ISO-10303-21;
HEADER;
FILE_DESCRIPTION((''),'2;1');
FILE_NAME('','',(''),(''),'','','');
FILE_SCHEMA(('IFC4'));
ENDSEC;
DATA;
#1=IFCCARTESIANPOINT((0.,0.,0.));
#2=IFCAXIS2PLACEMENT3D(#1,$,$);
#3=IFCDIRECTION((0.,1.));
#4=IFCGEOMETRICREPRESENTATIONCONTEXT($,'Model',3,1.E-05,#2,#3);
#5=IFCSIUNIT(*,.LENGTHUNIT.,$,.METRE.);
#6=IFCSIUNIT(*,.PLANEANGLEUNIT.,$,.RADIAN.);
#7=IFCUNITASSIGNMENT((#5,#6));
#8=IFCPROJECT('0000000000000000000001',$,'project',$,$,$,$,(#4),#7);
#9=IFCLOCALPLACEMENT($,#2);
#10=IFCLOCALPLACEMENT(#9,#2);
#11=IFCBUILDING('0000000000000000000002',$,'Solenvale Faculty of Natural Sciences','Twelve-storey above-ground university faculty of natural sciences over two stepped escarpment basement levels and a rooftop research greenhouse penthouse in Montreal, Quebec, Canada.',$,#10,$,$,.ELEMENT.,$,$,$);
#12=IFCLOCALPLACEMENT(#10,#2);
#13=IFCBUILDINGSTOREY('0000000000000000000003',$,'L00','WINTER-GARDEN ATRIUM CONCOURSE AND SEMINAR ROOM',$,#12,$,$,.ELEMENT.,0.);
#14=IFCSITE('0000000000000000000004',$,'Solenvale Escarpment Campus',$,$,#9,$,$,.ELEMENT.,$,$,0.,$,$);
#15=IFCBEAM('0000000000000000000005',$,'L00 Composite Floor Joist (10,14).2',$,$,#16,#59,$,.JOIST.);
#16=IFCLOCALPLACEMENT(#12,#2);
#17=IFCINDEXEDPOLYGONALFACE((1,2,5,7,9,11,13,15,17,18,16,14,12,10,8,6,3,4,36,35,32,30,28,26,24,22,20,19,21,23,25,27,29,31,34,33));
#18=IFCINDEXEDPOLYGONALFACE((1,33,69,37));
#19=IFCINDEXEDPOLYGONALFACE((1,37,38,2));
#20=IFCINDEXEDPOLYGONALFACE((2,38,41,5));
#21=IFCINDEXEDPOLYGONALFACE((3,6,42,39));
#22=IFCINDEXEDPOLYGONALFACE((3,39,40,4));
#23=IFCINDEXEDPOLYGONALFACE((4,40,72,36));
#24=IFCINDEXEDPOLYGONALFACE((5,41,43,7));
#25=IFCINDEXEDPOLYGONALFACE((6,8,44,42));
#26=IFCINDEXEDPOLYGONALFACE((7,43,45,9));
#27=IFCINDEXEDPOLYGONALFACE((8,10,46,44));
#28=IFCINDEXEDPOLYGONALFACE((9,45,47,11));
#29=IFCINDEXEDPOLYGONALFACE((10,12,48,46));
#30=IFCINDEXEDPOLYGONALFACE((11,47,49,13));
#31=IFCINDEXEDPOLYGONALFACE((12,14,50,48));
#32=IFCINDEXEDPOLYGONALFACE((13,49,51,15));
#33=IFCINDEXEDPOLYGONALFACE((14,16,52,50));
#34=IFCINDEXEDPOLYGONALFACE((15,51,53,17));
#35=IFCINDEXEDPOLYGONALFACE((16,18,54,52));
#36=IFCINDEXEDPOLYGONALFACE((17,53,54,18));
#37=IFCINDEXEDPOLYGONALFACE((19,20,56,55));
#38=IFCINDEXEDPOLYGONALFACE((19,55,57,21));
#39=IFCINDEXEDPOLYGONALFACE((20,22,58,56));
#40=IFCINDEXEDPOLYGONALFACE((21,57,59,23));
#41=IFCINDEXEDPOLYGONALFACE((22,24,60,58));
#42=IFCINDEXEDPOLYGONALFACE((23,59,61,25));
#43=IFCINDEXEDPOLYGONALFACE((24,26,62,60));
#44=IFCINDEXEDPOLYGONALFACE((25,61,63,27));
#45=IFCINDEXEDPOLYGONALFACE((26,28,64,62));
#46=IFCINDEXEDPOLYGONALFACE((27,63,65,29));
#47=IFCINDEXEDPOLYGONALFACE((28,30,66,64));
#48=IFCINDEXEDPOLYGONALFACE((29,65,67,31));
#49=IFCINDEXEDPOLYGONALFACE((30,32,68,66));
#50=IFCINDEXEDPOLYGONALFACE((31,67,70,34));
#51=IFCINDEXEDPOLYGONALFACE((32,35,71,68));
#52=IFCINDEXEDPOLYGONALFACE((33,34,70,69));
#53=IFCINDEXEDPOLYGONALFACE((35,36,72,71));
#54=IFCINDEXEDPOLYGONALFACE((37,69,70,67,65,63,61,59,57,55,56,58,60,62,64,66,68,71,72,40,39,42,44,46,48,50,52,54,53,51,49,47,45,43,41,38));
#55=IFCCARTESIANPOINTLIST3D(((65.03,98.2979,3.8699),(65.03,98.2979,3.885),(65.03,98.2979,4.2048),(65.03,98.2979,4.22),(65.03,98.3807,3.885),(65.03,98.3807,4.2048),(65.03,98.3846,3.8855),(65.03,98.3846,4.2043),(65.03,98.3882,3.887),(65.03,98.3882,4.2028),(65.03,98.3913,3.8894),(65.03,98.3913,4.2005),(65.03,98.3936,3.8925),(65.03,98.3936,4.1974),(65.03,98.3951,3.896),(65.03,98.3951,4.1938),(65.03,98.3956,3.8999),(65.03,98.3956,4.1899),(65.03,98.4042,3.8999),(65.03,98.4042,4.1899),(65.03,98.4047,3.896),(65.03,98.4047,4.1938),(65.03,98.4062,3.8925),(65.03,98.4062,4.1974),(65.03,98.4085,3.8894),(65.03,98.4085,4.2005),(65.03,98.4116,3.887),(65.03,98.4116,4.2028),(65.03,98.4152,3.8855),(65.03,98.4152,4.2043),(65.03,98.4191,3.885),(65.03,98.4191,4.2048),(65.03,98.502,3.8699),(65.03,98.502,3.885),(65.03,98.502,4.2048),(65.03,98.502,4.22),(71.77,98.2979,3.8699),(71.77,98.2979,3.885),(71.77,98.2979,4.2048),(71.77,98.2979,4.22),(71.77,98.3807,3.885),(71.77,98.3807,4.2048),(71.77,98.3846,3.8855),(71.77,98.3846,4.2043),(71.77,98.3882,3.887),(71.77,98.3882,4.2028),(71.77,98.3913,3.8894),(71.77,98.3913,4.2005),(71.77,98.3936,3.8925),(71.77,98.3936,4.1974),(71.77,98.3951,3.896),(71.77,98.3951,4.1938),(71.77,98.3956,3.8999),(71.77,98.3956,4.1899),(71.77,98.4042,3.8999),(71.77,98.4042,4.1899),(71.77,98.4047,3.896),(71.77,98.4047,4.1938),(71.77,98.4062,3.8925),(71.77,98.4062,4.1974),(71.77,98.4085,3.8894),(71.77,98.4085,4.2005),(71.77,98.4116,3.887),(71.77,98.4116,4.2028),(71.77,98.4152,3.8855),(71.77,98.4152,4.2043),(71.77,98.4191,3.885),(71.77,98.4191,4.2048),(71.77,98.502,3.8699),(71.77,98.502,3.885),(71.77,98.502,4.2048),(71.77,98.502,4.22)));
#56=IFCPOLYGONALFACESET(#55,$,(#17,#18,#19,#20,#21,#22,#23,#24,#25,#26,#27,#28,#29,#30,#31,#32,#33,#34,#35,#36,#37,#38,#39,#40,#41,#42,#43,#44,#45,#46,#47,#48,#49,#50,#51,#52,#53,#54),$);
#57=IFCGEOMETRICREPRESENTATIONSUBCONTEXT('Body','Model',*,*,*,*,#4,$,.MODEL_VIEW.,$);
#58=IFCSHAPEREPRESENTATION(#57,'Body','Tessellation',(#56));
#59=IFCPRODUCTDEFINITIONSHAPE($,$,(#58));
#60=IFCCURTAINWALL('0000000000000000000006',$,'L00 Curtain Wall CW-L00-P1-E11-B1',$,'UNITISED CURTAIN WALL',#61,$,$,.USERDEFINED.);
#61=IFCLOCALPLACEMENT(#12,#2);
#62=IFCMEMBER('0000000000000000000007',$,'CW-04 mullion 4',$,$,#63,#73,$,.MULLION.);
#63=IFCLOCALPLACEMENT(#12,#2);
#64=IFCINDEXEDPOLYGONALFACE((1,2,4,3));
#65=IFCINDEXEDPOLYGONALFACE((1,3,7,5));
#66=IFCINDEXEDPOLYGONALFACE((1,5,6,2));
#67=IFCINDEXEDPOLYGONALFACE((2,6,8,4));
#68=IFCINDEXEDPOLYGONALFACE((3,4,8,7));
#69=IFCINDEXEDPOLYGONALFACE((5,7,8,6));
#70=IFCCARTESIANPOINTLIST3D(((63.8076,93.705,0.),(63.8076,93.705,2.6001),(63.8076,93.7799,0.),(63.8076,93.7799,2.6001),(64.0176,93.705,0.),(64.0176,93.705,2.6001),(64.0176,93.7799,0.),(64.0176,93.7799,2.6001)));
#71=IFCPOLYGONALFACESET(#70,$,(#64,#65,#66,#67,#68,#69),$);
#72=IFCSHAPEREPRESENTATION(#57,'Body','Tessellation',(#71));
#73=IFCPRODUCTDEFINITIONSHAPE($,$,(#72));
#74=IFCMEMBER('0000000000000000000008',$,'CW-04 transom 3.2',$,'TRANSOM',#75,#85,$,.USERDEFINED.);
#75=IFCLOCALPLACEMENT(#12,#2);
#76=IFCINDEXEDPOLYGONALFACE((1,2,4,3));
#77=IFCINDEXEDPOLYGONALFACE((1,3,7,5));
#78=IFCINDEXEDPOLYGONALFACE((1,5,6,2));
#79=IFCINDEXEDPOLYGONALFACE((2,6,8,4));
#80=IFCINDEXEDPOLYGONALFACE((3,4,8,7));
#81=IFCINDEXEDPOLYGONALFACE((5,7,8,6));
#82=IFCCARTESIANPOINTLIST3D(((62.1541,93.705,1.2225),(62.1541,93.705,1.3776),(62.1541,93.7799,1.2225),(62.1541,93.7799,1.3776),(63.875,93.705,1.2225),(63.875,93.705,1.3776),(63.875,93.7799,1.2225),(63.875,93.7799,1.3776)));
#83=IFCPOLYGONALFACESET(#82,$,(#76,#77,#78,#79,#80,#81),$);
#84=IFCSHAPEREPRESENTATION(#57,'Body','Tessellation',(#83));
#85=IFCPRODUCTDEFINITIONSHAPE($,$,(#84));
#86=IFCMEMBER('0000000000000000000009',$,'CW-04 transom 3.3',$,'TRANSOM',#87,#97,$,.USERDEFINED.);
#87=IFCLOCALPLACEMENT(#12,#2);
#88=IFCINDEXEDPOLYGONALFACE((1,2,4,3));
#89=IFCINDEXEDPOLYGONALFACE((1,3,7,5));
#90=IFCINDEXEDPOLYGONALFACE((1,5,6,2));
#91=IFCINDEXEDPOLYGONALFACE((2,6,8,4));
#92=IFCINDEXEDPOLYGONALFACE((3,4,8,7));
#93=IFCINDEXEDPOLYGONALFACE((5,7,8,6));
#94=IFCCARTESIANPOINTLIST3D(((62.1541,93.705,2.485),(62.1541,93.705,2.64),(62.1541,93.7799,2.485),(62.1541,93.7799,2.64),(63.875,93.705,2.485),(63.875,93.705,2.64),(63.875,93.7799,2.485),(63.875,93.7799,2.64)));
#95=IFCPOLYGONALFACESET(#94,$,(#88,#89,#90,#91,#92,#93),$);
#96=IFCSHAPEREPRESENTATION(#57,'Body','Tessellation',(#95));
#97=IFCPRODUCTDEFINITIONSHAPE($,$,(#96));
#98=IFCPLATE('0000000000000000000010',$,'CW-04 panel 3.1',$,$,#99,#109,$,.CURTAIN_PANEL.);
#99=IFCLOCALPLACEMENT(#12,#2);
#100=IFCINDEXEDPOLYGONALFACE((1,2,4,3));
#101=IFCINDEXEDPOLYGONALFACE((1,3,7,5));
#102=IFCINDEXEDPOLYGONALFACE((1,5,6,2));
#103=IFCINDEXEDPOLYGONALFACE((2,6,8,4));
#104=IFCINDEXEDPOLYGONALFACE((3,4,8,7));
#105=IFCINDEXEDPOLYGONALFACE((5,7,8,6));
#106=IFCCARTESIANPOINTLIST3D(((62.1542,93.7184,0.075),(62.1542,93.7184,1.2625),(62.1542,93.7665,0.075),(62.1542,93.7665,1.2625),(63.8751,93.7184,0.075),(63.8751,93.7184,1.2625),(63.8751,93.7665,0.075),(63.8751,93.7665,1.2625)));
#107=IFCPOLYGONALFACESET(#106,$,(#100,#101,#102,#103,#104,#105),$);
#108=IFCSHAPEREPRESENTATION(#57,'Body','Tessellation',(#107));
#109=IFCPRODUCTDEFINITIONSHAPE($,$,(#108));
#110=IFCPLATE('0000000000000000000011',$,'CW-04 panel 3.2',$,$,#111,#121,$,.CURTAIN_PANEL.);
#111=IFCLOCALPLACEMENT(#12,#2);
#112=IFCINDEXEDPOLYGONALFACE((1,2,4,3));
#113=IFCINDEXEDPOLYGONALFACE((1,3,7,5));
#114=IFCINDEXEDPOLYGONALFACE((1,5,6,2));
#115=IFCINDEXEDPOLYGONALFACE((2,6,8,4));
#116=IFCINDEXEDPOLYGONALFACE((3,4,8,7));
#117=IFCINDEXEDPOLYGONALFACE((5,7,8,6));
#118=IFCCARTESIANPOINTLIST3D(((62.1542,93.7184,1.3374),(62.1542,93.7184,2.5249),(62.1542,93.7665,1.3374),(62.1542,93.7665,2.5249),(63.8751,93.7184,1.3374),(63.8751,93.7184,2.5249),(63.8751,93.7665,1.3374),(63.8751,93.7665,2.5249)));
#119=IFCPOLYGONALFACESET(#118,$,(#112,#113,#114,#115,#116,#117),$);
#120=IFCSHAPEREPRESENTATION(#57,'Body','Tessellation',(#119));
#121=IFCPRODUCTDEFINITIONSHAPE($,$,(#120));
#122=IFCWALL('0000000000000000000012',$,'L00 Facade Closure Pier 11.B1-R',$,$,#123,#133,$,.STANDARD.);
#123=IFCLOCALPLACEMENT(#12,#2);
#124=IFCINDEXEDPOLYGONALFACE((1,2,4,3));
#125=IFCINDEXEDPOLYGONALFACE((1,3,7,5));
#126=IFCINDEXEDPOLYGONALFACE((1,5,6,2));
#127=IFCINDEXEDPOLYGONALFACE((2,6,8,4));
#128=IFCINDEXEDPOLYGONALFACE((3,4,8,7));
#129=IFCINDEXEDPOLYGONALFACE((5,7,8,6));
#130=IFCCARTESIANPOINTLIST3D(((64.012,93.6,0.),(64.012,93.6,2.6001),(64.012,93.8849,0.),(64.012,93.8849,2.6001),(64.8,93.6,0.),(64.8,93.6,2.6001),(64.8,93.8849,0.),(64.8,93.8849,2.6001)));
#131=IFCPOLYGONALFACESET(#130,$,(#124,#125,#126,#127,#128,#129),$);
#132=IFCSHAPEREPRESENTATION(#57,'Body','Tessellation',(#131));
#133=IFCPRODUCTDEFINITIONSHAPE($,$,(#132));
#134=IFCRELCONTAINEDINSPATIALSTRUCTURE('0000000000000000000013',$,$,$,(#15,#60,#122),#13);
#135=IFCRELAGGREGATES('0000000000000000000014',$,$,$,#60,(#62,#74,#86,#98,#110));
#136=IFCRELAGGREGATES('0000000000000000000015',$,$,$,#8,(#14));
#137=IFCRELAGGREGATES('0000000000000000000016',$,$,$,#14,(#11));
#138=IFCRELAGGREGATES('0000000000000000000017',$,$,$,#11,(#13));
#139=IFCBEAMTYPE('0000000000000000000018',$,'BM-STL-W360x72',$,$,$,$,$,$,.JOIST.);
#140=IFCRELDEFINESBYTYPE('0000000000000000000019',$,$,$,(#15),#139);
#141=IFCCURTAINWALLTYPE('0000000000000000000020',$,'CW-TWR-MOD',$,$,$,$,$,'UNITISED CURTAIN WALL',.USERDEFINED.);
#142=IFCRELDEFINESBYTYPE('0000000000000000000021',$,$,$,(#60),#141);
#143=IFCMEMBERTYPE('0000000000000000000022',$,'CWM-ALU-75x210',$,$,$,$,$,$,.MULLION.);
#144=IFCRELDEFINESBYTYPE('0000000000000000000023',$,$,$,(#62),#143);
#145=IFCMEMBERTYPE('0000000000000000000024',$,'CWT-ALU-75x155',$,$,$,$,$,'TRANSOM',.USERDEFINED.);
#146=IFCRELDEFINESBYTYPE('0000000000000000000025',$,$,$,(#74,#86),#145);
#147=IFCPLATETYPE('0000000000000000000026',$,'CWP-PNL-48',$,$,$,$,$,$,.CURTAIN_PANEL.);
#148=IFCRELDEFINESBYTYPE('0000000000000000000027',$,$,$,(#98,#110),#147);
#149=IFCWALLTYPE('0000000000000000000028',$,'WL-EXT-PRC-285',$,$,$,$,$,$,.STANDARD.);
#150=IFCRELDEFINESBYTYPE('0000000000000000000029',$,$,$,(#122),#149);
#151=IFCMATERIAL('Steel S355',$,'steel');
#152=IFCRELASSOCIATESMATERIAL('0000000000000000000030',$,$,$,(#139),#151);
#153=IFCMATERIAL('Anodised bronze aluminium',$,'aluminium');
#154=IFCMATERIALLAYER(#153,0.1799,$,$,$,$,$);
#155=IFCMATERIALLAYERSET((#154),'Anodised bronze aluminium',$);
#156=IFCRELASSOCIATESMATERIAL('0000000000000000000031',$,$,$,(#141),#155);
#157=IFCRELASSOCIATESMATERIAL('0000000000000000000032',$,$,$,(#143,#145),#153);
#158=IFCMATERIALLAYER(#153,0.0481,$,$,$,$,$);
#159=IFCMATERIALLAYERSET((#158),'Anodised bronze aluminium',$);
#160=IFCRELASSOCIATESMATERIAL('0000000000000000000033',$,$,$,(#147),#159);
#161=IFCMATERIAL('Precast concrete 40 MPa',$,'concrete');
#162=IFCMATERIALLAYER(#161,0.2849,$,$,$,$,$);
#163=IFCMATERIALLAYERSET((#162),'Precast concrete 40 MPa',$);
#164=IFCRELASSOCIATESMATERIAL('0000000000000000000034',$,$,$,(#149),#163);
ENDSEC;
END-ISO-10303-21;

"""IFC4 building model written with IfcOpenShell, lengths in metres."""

from ifc_helpers import new_model, si_unit, direction, frame, frame_2d, origin, origin_2d, place, context, subcontext, project, spatial, rectangle, i_section, extrude, material, layer, layer_set, material_profile, profile_set, type_object, element, aggregate, save


model = new_model("IFC4")

# Units and contexts
model_context = context("Model", 3, precision=1e-05, world=origin(), true_north=direction((0.0, 1.0)))
body_context = subcontext(model_context, "Body", "Model", "MODEL_VIEW")
ifc_project = project(units=[si_unit("LENGTHUNIT", "METRE"), si_unit("PLANEANGLEUNIT", "RADIAN")], contexts=[model_context])

# Site, building, storey
site_placement = place(None, origin())
site = spatial("IfcSite", under=ifc_project, at=site_placement, Name="Solenvale Escarpment Campus", CompositionType="ELEMENT", RefElevation=0.0)
building_placement = place(site_placement, origin())
building = spatial("IfcBuilding", under=site, at=building_placement, Name="Solenvale Faculty of Natural Sciences", Description="Twelve-storey above-ground university faculty of natural sciences over two stepped escarpment basement levels and a rooftop research greenhouse penthouse in Montreal, Quebec, Canada.", CompositionType="ELEMENT")
storey_placement = place(building_placement, origin())
storey = spatial("IfcBuildingStorey", under=building, at=storey_placement, Name="L00", Description="WINTER-GARDEN ATRIUM CONCOURSE AND SEMINAR ROOM", CompositionType="ELEMENT", Elevation=0.0)

# Beam
ifc_material_1 = material(Name="Steel S355", Category="steel")
ifc_material_profile_1 = material_profile(ifc_material_1, i_section(OverallWidth=0.2041, OverallDepth=0.3501, WebThickness=0.0085, FlangeThickness=0.0151, FilletRadius=0.0149, at=origin_2d()), Name="W360x72")
ifc_profile_set_1 = profile_set([ifc_material_profile_1], Name="Steel S355")
beam_type_1 = type_object("IfcBeamType", Name="BM-STL-W360x72", PredefinedType="JOIST", material=ifc_profile_set_1)
for number, where, z_axis, x_axis, name in (
    (1, (65.03, 98.3999, 4.0449), (1.0, 0.0, 0.0), (0.0, 1.0, 0.0), "L00 Composite Floor Joist (10,14).2"),
):
    element("IfcBeam", number, at=place(storey_placement, frame(where, z_axis=z_axis, x_axis=x_axis)), inside=storey, type_object=beam_type_1, Name=name, PredefinedType="JOIST", context=body_context, shape_type="SweptSolid", body=[
        extrude(i_section(OverallWidth=0.2041, OverallDepth=0.3501, WebThickness=0.0085, FlangeThickness=0.0151, FilletRadius=0.0149, at=origin_2d()), origin(), (0.0, 0.0, 1.0), 6.74),
    ])

# Curtain wall, members, plates
ifc_material_2 = material(Name="Anodised bronze aluminium", Category="aluminium")
ifc_layer_1 = layer(ifc_material_2, 0.1799)
ifc_layer_set_1 = layer_set([ifc_layer_1], Name="Anodised bronze aluminium")
curtain_wall_type = type_object("IfcCurtainWallType", Name="CW-TWR-MOD", ElementType="UNITISED CURTAIN WALL", PredefinedType="USERDEFINED", material=ifc_layer_set_1)
curtain_wall_placement = place(storey_placement, origin())
curtain_wall = element("IfcCurtainWall", 2, at=curtain_wall_placement, inside=storey, type_object=curtain_wall_type, Name="L00 Curtain Wall CW-L00-P1-E11-B1", ObjectType="UNITISED CURTAIN WALL", PredefinedType="USERDEFINED")
ifc_material_profile_2 = material_profile(ifc_material_2, rectangle(XDim=0.075, YDim=0.21, at=origin_2d()), Name="ALU-MUL-75x210")
ifc_profile_set_2 = profile_set([ifc_material_profile_2], Name="Anodised bronze aluminium")
member_type_1 = type_object("IfcMemberType", Name="CWM-ALU-75x210", PredefinedType="MULLION", material=ifc_profile_set_2)
member_1_placement = place(storey_placement, frame((63.9126, 93.7424, 0.0), z_axis=(0.0, 0.0, 1.0), x_axis=(0.0, 1.0, 0.0)))
member_1 = element("IfcMember", 3, at=member_1_placement, type_object=member_type_1, Name="CW-04 mullion 4", PredefinedType="MULLION", context=body_context, shape_type="SweptSolid", body=[
    extrude(rectangle(XDim=0.075, YDim=0.21, at=origin_2d()), origin(), (0.0, 0.0, 1.0), 2.6001),
])
ifc_material_profile_3 = material_profile(ifc_material_2, rectangle(XDim=0.075, YDim=0.155, at=origin_2d()), Name="ALU-TRN-75x155")
ifc_profile_set_3 = profile_set([ifc_material_profile_3], Name="Anodised bronze aluminium")
member_type_2 = type_object("IfcMemberType", Name="CWT-ALU-75x155", ElementType="TRANSOM", PredefinedType="USERDEFINED", material=ifc_profile_set_3)
member_2_placement = place(storey_placement, frame((62.1541, 93.7424, 1.3), z_axis=(1.0, 0.0, 0.0), x_axis=(0.0, 1.0, 0.0)))
member_2 = element("IfcMember", 4, at=member_2_placement, type_object=member_type_2, Name="CW-04 transom 3.2", ObjectType="TRANSOM", PredefinedType="USERDEFINED", context=body_context, shape_type="SweptSolid", body=[
    extrude(rectangle(XDim=0.075, YDim=0.155, at=origin_2d()), origin(), (0.0, 0.0, 1.0), 1.7209),
])
member_3_placement = place(storey_placement, frame((62.1541, 93.7424, 2.5625), z_axis=(1.0, 0.0, 0.0), x_axis=(0.0, 1.0, 0.0)))
member_3 = element("IfcMember", 5, at=member_3_placement, type_object=member_type_2, Name="CW-04 transom 3.3", ObjectType="TRANSOM", PredefinedType="USERDEFINED", context=body_context, shape_type="SweptSolid", body=[
    extrude(rectangle(XDim=0.075, YDim=0.155, at=origin_2d()), origin(), (0.0, 0.0, 1.0), 1.7209),
])
ifc_layer_2 = layer(ifc_material_2, 0.0481)
ifc_layer_set_2 = layer_set([ifc_layer_2], Name="Anodised bronze aluminium")
plate_type = type_object("IfcPlateType", Name="CWP-PNL-48", PredefinedType="CURTAIN_PANEL", material=ifc_layer_set_2)
plate_1_placement = place(storey_placement, frame((63.0146, 93.7424, 0.075), z_axis=(0.0, 0.0, 1.0), x_axis=(1.0, 0.0, 0.0)))
plate_1 = element("IfcPlate", 6, at=plate_1_placement, type_object=plate_type, Name="CW-04 panel 3.1", PredefinedType="CURTAIN_PANEL", context=body_context, shape_type="SweptSolid", body=[
    extrude(rectangle(XDim=1.7209, YDim=0.0481, at=origin_2d()), origin(), (0.0, 0.0, 1.0), 1.1875),
])
plate_2_placement = place(storey_placement, frame((63.0146, 93.7424, 1.3374), z_axis=(0.0, 0.0, 1.0), x_axis=(1.0, 0.0, 0.0)))
plate_2 = element("IfcPlate", 7, at=plate_2_placement, type_object=plate_type, Name="CW-04 panel 3.2", PredefinedType="CURTAIN_PANEL", context=body_context, shape_type="SweptSolid", body=[
    extrude(rectangle(XDim=1.7209, YDim=0.0481, at=origin_2d()), origin(), (0.0, 0.0, 1.0), 1.1875),
])
aggregate(curtain_wall, [member_1, member_2, member_3, plate_1, plate_2])

# Wall
ifc_material_3 = material(Name="Precast concrete 40 MPa", Category="concrete")
ifc_layer_3 = layer(ifc_material_3, 0.2849)
ifc_layer_set_3 = layer_set([ifc_layer_3], Name="Precast concrete 40 MPa")
wall_type = type_object("IfcWallType", Name="WL-EXT-PRC-285", PredefinedType="STANDARD", material=ifc_layer_set_3)
wall_placement = place(storey_placement, frame((64.012, 93.7424, 0.0), z_axis=(0.0, 0.0, 1.0), x_axis=(1.0, 0.0, 0.0)))
element("IfcWall", 8, at=wall_placement, inside=storey, type_object=wall_type, Name="L00 Facade Closure Pier 11.B1-R", PredefinedType="STANDARD", context=body_context, shape_type="SweptSolid", body=[
    extrude(rectangle(XDim=0.7881, YDim=0.2849, at=frame_2d((0.394, 0.0))), origin(), (0.0, 0.0, 1.0), 2.6001),
])

save(model, "model.ifc")
